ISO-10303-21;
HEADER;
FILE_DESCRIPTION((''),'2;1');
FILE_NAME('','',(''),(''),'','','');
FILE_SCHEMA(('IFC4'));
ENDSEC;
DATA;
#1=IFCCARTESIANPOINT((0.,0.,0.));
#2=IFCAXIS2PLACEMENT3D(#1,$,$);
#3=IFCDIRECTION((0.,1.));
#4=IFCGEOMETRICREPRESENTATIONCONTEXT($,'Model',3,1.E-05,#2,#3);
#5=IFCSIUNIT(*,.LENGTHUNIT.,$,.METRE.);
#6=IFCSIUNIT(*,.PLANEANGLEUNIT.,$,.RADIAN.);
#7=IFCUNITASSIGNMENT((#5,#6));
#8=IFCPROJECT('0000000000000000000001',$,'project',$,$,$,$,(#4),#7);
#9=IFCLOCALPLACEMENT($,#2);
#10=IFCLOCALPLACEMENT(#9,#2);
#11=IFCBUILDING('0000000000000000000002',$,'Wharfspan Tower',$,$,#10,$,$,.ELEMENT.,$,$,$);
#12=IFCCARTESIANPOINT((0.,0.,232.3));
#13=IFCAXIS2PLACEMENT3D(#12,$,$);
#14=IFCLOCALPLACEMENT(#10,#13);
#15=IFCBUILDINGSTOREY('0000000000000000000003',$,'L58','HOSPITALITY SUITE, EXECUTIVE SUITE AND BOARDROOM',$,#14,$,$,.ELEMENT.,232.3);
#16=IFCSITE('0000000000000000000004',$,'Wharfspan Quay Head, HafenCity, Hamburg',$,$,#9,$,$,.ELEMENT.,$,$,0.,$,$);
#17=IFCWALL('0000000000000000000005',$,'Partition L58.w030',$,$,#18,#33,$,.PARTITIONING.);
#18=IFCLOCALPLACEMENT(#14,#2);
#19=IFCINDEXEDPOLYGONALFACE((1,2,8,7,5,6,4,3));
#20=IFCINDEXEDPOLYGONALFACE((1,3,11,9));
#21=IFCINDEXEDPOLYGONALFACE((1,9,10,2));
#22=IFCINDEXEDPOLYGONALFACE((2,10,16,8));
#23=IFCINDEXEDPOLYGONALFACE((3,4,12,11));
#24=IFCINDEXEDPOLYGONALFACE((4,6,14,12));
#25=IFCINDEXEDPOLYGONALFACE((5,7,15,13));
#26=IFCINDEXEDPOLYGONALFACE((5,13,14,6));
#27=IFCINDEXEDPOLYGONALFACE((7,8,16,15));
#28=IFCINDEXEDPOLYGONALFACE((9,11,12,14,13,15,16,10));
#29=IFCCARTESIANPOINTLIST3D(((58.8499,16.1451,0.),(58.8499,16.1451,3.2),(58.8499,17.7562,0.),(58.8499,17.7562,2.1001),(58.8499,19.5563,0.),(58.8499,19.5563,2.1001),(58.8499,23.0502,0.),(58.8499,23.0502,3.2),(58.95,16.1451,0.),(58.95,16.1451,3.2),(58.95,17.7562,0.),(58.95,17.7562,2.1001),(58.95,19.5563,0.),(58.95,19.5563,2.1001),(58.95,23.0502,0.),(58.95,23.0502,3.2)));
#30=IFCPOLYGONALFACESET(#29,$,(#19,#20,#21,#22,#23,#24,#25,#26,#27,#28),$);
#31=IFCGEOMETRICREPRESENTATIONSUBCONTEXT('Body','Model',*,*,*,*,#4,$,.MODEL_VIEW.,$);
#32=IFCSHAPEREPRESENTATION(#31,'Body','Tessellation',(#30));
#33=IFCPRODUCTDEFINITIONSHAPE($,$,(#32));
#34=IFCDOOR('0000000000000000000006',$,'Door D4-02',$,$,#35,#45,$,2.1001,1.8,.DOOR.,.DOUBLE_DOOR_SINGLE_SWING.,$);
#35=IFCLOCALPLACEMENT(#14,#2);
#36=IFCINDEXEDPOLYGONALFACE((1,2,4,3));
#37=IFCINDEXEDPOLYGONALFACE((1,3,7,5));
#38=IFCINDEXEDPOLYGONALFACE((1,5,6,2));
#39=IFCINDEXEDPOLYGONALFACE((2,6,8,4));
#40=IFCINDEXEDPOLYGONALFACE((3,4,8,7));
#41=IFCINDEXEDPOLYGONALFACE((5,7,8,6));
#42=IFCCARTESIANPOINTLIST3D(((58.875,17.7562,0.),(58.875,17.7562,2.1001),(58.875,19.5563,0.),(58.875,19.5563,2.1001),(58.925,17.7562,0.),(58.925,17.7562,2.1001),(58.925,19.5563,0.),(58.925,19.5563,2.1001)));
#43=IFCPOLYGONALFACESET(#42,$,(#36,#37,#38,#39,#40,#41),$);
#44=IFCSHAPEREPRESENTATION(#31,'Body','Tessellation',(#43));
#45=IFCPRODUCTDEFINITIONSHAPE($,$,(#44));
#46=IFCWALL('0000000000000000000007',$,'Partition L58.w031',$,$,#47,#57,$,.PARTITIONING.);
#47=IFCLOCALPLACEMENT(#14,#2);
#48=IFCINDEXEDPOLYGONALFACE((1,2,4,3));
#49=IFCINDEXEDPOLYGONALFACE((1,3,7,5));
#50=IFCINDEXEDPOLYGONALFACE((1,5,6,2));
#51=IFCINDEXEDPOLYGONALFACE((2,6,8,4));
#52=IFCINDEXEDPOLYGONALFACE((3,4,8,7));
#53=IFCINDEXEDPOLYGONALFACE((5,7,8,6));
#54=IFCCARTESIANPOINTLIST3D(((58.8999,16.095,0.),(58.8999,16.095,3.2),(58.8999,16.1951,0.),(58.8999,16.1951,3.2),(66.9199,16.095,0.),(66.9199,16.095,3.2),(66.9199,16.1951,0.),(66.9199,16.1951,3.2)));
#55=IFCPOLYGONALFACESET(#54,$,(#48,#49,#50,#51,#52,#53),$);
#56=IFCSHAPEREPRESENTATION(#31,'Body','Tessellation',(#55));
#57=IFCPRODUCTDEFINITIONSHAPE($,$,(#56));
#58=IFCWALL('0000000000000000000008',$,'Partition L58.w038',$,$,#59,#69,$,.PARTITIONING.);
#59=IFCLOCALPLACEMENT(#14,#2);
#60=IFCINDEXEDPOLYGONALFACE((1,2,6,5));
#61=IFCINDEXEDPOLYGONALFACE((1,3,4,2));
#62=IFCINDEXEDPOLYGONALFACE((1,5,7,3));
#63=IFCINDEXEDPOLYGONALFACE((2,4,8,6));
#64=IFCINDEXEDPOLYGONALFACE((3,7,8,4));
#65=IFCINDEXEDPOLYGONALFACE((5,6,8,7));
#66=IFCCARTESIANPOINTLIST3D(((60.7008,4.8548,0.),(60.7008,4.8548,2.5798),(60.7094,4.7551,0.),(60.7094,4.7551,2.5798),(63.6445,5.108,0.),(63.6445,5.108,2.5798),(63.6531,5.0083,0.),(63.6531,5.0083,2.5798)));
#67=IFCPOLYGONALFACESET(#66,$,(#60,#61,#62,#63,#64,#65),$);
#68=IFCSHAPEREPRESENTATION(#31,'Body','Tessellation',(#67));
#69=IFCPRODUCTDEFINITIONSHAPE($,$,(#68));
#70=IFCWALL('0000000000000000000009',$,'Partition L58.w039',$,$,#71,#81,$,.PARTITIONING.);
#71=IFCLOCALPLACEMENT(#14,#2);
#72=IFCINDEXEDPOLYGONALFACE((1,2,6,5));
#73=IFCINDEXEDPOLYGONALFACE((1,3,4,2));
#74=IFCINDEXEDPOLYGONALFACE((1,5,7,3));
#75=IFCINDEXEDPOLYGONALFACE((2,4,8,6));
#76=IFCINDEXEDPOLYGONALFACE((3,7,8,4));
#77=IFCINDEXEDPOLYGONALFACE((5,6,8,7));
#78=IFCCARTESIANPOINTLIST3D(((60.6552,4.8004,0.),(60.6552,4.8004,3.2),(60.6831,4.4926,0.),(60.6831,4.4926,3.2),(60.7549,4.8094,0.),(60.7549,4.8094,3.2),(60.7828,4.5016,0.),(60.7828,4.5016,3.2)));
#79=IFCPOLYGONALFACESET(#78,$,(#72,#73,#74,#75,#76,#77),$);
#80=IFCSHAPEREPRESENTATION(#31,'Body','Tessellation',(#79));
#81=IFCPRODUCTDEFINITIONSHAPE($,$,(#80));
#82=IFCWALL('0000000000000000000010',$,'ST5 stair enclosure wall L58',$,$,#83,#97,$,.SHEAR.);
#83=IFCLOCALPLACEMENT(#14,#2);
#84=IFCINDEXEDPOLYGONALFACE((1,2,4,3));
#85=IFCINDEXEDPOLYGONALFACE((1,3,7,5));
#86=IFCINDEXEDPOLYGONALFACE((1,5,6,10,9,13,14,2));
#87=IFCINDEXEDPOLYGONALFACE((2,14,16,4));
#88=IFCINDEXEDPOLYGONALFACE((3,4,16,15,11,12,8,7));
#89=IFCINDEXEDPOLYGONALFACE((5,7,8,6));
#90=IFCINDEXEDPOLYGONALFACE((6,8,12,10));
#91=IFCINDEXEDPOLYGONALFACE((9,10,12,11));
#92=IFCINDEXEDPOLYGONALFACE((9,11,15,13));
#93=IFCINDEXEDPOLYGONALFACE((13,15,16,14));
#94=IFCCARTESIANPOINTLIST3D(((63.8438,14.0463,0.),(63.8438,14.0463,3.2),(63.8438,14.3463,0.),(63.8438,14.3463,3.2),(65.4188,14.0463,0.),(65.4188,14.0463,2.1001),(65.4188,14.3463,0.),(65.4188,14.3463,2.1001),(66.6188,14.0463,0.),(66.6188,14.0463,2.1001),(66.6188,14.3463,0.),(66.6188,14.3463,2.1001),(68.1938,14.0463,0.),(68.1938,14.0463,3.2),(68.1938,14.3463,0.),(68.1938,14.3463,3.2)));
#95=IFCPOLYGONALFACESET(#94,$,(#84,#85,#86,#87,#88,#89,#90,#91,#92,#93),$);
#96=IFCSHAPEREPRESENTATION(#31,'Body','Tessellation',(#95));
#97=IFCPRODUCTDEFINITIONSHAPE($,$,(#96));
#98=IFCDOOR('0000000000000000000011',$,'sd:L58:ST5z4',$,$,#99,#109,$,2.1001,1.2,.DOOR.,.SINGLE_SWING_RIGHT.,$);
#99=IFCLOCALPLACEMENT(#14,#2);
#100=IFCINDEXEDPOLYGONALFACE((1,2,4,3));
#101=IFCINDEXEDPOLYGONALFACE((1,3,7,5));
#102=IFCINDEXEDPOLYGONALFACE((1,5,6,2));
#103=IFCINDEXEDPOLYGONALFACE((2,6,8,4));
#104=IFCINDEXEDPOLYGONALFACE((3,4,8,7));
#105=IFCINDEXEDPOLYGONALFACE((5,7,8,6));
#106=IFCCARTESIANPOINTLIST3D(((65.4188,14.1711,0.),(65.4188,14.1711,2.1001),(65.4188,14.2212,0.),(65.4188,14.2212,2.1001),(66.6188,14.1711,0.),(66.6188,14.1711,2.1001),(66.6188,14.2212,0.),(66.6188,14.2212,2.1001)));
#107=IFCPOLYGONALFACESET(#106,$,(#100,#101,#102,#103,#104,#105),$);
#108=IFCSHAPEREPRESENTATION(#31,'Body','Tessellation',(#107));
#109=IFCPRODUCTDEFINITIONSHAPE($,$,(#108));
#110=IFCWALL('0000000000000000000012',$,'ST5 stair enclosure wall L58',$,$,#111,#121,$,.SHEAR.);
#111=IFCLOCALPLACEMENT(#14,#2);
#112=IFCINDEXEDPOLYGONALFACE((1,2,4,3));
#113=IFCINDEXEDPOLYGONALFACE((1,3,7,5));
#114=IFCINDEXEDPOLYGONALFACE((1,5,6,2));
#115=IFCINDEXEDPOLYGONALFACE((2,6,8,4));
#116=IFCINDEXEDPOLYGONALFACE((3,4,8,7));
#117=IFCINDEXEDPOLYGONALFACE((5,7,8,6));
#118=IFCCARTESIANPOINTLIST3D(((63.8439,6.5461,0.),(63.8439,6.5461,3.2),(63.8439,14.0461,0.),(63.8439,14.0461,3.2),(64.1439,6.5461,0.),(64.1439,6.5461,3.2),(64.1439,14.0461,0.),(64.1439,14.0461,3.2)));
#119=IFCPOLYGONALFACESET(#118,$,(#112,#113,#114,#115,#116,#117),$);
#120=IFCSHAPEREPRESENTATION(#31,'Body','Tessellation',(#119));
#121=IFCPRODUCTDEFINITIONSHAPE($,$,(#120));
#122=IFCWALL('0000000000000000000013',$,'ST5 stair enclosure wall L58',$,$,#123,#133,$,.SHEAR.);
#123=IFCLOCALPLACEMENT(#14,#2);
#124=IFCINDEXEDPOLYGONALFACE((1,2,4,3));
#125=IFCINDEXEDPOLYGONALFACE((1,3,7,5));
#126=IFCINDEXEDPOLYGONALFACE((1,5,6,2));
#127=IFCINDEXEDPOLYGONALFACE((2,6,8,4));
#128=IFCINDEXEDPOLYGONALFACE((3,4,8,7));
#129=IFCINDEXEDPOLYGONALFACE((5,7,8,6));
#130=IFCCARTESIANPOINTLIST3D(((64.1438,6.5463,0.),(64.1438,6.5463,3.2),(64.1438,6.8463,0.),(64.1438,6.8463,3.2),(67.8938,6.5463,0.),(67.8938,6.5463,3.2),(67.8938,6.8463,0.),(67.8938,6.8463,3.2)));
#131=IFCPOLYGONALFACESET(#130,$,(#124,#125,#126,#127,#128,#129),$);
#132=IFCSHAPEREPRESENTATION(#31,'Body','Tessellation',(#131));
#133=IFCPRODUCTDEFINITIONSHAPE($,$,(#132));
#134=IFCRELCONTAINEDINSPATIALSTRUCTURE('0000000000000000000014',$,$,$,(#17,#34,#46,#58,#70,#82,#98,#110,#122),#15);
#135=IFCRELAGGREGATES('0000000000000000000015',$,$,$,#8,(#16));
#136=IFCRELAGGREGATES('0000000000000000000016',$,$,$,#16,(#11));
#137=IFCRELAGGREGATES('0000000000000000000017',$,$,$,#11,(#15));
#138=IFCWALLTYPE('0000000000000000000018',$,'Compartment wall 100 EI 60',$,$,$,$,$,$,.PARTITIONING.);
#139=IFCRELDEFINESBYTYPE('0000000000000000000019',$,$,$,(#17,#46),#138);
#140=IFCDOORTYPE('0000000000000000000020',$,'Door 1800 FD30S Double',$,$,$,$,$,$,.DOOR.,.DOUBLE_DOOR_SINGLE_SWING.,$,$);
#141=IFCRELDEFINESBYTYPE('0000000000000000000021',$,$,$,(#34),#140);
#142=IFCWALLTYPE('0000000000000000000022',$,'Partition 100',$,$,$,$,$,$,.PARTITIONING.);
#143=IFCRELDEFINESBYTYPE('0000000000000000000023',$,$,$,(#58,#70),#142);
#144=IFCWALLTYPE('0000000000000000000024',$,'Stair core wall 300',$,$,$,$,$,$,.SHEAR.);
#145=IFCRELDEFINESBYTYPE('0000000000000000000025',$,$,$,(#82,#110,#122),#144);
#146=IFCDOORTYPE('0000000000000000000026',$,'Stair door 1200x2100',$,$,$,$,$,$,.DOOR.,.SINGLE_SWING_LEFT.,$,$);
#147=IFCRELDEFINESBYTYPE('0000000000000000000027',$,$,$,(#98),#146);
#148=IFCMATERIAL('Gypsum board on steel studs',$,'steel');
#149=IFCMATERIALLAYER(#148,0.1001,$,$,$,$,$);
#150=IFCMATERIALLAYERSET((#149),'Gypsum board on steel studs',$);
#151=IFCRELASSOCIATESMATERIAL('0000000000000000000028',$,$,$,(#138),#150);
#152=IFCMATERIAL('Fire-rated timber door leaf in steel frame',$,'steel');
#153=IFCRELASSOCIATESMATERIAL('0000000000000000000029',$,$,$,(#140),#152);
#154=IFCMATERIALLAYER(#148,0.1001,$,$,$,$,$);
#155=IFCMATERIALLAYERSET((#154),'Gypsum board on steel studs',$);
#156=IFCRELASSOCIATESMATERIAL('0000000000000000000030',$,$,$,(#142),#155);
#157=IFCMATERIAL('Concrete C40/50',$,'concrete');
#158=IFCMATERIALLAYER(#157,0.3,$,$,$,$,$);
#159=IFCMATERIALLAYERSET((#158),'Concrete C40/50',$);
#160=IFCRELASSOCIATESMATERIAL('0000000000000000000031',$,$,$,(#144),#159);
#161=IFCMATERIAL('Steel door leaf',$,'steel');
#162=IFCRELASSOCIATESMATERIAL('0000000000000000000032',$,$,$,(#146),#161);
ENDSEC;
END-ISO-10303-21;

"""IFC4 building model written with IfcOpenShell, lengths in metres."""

from ifc_helpers import new_model, si_unit, direction, frame, frame_2d, origin, place, context, subcontext, project, spatial, rectangle, extrude, material, layer, layer_set, type_object, element, fill, save


model = new_model("IFC4")

# Units and contexts
model_context = context("Model", 3, precision=1e-05, world=origin(), true_north=direction((0.0, 1.0)))
body_context = subcontext(model_context, "Body", "Model", "MODEL_VIEW")
ifc_project = project(units=[si_unit("LENGTHUNIT", "METRE"), si_unit("PLANEANGLEUNIT", "RADIAN")], contexts=[model_context])

# Site, building, storey
site_placement = place(None, origin())
site = spatial("IfcSite", under=ifc_project, at=site_placement, Name="Wharfspan Quay Head, HafenCity, Hamburg", CompositionType="ELEMENT", RefElevation=0.0)
building_placement = place(site_placement, origin())
building = spatial("IfcBuilding", under=site, at=building_placement, Name="Wharfspan Tower", CompositionType="ELEMENT")
storey_placement = place(building_placement, frame((0.0, 0.0, 232.3)))
storey = spatial("IfcBuildingStorey", under=building, at=storey_placement, Name="L58", Description="HOSPITALITY SUITE, EXECUTIVE SUITE AND BOARDROOM", CompositionType="ELEMENT", Elevation=232.3)

# Shared definitions
ifc_material_1 = material(Name="Gypsum board on steel studs", Category="steel")
ifc_layer_1 = layer(ifc_material_1, 0.1001)
ifc_layer_set_1 = layer_set([ifc_layer_1], Name="Gypsum board on steel studs")
wall_type_1 = type_object("IfcWallType", Name="Compartment wall 100 EI 60", PredefinedType="PARTITIONING", material=ifc_layer_set_1)
ifc_material_2 = material(Name="Fire-rated timber door leaf in steel frame", Category="steel")

# Wall, opening, door
wall_1_placement = place(storey_placement, frame((58.8999, 16.145, 0.0), z_axis=(0.0, 0.0, 1.0), x_axis=(0.0, 1.0, 0.0)))
wall_1 = element("IfcWall", 1, at=wall_1_placement, inside=storey, type_object=wall_type_1, Name="Partition L58.w030", PredefinedType="PARTITIONING", context=body_context, shape_type="SweptSolid", body=[
    extrude(rectangle(XDim=6.905, YDim=0.1001, at=frame_2d((3.4526, 0.0))), origin(), (0.0, 0.0, 1.0), 3.2),
])
opening_1_placement = place(wall_1_placement, frame((1.6113, 0.0, 0.0)))
opening_1 = element("IfcOpeningElement", 2, at=opening_1_placement, cuts=wall_1, PredefinedType="OPENING", context=body_context, shape_type="SweptSolid", body=[
    extrude(rectangle(XDim=1.8, YDim=2.1001, at=frame_2d((0.8999, 1.05))), frame((0.0, 0.0601, 0.0), z_axis=(0.0, -1.0, 0.0), x_axis=(1.0, 0.0, 0.0)), (0.0, 0.0, 1.0), 0.1201),
])
door_type_1 = type_object("IfcDoorType", Name="Door 1800 FD30S Double", OperationType="DOUBLE_DOOR_SINGLE_SWING", PredefinedType="DOOR", material=ifc_material_2)
door_1_placement = place(opening_1_placement, origin())
door_1 = element("IfcDoor", 3, at=door_1_placement, inside=storey, type_object=door_type_1, Name="Door D4-02", OperationType="DOUBLE_DOOR_SINGLE_SWING", OverallHeight=2.1001, OverallWidth=1.8, PredefinedType="DOOR", context=body_context, shape_type="SweptSolid", body=[
    extrude(rectangle(XDim=1.8, YDim=2.1001, at=frame_2d((0.8999, 1.05))), frame((0.0, 0.0249, 0.0), z_axis=(0.0, -1.0, 0.0), x_axis=(1.0, 0.0, 0.0)), (0.0, 0.0, 1.0), 0.05),
])
fill(opening_1, door_1)

# Walls
wall_2_placement = place(storey_placement, frame((58.8999, 16.145, 0.0), z_axis=(0.0, 0.0, 1.0), x_axis=(1.0, 0.0, 0.0)))
element("IfcWall", 4, at=wall_2_placement, inside=storey, type_object=wall_type_1, Name="Partition L58.w031", PredefinedType="PARTITIONING", context=body_context, shape_type="SweptSolid", body=[
    extrude(rectangle(XDim=8.02, YDim=0.1001, at=frame_2d((4.01, 0.0))), origin(), (0.0, 0.0, 1.0), 3.2),
])
ifc_layer_2 = layer(ifc_material_1, 0.1001)
ifc_layer_set_2 = layer_set([ifc_layer_2], Name="Gypsum board on steel studs")
wall_type_2 = type_object("IfcWallType", Name="Partition 100", PredefinedType="PARTITIONING", material=ifc_layer_set_2)
wall_3_placement = place(storey_placement, frame((60.7051, 4.8049, 0.0), z_axis=(0.0, 0.0, 1.0), x_axis=(0.996324, 0.085692, 0.0)))
element("IfcWall", 5, at=wall_3_placement, inside=storey, type_object=wall_type_2, Name="Partition L58.w038", PredefinedType="PARTITIONING", context=body_context, shape_type="SweptSolid", body=[
    extrude(rectangle(XDim=2.9546, YDim=0.1001, at=frame_2d((1.4773, 0.0))), origin(), (0.0, 0.0, 1.0), 2.5798),
])
wall_4_placement = place(storey_placement, frame((60.7329, 4.4971, 0.0), z_axis=(0.0, 0.0, 1.0), x_axis=(-0.090037, 0.995936, 0.0)))
element("IfcWall", 6, at=wall_4_placement, inside=storey, type_object=wall_type_2, Name="Partition L58.w039", PredefinedType="PARTITIONING", context=body_context, shape_type="SweptSolid", body=[
    extrude(rectangle(XDim=0.3091, YDim=0.1001, at=frame_2d((0.1545, 0.0))), origin(), (0.0, 0.0, 1.0), 3.2),
])

# Wall, opening, door
ifc_material_3 = material(Name="Concrete C40/50", Category="concrete")
ifc_layer_3 = layer(ifc_material_3, 0.3)
ifc_layer_set_3 = layer_set([ifc_layer_3], Name="Concrete C40/50")
wall_type_3 = type_object("IfcWallType", Name="Stair core wall 300", PredefinedType="SHEAR", material=ifc_layer_set_3)
wall_5_placement = place(storey_placement, frame((63.8438, 14.1963, 0.0), z_axis=(0.0, 0.0, 1.0), x_axis=(1.0, 0.0, 0.0)))
wall_5 = element("IfcWall", 7, at=wall_5_placement, inside=storey, type_object=wall_type_3, Name="ST5 stair enclosure wall L58", PredefinedType="SHEAR", context=body_context, shape_type="SweptSolid", body=[
    extrude(rectangle(XDim=4.3501, YDim=0.3, at=frame_2d((2.175, 0.0))), origin(), (0.0, 0.0, 1.0), 3.2),
])
opening_2_placement = place(wall_5_placement, frame((1.575, 0.0, 0.0)))
opening_2 = element("IfcOpeningElement", 8, at=opening_2_placement, cuts=wall_5, PredefinedType="OPENING", context=body_context, shape_type="SweptSolid", body=[
    extrude(rectangle(XDim=1.2, YDim=2.1001, at=frame_2d((0.6001, 1.05))), frame((0.0, 0.1599, 0.0), z_axis=(0.0, -1.0, 0.0), x_axis=(1.0, 0.0, 0.0)), (0.0, 0.0, 1.0), 0.3201),
])
ifc_material_4 = material(Name="Steel door leaf", Category="steel")
door_type_2 = type_object("IfcDoorType", Name="Stair door 1200x2100", OperationType="SINGLE_SWING_LEFT", PredefinedType="DOOR", material=ifc_material_4)
door_2_placement = place(opening_2_placement, origin())
door_2 = element("IfcDoor", 9, at=door_2_placement, inside=storey, type_object=door_type_2, Name="sd:L58:ST5z4", OperationType="SINGLE_SWING_RIGHT", OverallHeight=2.1001, OverallWidth=1.2, PredefinedType="DOOR", context=body_context, shape_type="SweptSolid", body=[
    extrude(rectangle(XDim=1.2, YDim=2.1001, at=frame_2d((0.6001, 1.05))), frame((0.0, 0.0249, 0.0), z_axis=(0.0, -1.0, 0.0), x_axis=(1.0, 0.0, 0.0)), (0.0, 0.0, 1.0), 0.05),
])
fill(opening_2, door_2)

# Walls
wall_6_placement = place(storey_placement, frame((63.9939, 6.5461, 0.0), z_axis=(0.0, 0.0, 1.0), x_axis=(0.0, 1.0, 0.0)))
element("IfcWall", 10, at=wall_6_placement, inside=storey, type_object=wall_type_3, Name="ST5 stair enclosure wall L58", PredefinedType="SHEAR", context=body_context, shape_type="SweptSolid", body=[
    extrude(rectangle(XDim=7.5, YDim=0.3, at=frame_2d((3.75, 0.0))), origin(), (0.0, 0.0, 1.0), 3.2),
])
wall_7_placement = place(storey_placement, frame((64.1438, 6.6963, 0.0), z_axis=(0.0, 0.0, 1.0), x_axis=(1.0, 0.0, 0.0)))
element("IfcWall", 11, at=wall_7_placement, inside=storey, type_object=wall_type_3, Name="ST5 stair enclosure wall L58", PredefinedType="SHEAR", context=body_context, shape_type="SweptSolid", body=[
    extrude(rectangle(XDim=3.75, YDim=0.3, at=frame_2d((1.875, 0.0))), origin(), (0.0, 0.0, 1.0), 3.2),
])

save(model, "model.ifc")
